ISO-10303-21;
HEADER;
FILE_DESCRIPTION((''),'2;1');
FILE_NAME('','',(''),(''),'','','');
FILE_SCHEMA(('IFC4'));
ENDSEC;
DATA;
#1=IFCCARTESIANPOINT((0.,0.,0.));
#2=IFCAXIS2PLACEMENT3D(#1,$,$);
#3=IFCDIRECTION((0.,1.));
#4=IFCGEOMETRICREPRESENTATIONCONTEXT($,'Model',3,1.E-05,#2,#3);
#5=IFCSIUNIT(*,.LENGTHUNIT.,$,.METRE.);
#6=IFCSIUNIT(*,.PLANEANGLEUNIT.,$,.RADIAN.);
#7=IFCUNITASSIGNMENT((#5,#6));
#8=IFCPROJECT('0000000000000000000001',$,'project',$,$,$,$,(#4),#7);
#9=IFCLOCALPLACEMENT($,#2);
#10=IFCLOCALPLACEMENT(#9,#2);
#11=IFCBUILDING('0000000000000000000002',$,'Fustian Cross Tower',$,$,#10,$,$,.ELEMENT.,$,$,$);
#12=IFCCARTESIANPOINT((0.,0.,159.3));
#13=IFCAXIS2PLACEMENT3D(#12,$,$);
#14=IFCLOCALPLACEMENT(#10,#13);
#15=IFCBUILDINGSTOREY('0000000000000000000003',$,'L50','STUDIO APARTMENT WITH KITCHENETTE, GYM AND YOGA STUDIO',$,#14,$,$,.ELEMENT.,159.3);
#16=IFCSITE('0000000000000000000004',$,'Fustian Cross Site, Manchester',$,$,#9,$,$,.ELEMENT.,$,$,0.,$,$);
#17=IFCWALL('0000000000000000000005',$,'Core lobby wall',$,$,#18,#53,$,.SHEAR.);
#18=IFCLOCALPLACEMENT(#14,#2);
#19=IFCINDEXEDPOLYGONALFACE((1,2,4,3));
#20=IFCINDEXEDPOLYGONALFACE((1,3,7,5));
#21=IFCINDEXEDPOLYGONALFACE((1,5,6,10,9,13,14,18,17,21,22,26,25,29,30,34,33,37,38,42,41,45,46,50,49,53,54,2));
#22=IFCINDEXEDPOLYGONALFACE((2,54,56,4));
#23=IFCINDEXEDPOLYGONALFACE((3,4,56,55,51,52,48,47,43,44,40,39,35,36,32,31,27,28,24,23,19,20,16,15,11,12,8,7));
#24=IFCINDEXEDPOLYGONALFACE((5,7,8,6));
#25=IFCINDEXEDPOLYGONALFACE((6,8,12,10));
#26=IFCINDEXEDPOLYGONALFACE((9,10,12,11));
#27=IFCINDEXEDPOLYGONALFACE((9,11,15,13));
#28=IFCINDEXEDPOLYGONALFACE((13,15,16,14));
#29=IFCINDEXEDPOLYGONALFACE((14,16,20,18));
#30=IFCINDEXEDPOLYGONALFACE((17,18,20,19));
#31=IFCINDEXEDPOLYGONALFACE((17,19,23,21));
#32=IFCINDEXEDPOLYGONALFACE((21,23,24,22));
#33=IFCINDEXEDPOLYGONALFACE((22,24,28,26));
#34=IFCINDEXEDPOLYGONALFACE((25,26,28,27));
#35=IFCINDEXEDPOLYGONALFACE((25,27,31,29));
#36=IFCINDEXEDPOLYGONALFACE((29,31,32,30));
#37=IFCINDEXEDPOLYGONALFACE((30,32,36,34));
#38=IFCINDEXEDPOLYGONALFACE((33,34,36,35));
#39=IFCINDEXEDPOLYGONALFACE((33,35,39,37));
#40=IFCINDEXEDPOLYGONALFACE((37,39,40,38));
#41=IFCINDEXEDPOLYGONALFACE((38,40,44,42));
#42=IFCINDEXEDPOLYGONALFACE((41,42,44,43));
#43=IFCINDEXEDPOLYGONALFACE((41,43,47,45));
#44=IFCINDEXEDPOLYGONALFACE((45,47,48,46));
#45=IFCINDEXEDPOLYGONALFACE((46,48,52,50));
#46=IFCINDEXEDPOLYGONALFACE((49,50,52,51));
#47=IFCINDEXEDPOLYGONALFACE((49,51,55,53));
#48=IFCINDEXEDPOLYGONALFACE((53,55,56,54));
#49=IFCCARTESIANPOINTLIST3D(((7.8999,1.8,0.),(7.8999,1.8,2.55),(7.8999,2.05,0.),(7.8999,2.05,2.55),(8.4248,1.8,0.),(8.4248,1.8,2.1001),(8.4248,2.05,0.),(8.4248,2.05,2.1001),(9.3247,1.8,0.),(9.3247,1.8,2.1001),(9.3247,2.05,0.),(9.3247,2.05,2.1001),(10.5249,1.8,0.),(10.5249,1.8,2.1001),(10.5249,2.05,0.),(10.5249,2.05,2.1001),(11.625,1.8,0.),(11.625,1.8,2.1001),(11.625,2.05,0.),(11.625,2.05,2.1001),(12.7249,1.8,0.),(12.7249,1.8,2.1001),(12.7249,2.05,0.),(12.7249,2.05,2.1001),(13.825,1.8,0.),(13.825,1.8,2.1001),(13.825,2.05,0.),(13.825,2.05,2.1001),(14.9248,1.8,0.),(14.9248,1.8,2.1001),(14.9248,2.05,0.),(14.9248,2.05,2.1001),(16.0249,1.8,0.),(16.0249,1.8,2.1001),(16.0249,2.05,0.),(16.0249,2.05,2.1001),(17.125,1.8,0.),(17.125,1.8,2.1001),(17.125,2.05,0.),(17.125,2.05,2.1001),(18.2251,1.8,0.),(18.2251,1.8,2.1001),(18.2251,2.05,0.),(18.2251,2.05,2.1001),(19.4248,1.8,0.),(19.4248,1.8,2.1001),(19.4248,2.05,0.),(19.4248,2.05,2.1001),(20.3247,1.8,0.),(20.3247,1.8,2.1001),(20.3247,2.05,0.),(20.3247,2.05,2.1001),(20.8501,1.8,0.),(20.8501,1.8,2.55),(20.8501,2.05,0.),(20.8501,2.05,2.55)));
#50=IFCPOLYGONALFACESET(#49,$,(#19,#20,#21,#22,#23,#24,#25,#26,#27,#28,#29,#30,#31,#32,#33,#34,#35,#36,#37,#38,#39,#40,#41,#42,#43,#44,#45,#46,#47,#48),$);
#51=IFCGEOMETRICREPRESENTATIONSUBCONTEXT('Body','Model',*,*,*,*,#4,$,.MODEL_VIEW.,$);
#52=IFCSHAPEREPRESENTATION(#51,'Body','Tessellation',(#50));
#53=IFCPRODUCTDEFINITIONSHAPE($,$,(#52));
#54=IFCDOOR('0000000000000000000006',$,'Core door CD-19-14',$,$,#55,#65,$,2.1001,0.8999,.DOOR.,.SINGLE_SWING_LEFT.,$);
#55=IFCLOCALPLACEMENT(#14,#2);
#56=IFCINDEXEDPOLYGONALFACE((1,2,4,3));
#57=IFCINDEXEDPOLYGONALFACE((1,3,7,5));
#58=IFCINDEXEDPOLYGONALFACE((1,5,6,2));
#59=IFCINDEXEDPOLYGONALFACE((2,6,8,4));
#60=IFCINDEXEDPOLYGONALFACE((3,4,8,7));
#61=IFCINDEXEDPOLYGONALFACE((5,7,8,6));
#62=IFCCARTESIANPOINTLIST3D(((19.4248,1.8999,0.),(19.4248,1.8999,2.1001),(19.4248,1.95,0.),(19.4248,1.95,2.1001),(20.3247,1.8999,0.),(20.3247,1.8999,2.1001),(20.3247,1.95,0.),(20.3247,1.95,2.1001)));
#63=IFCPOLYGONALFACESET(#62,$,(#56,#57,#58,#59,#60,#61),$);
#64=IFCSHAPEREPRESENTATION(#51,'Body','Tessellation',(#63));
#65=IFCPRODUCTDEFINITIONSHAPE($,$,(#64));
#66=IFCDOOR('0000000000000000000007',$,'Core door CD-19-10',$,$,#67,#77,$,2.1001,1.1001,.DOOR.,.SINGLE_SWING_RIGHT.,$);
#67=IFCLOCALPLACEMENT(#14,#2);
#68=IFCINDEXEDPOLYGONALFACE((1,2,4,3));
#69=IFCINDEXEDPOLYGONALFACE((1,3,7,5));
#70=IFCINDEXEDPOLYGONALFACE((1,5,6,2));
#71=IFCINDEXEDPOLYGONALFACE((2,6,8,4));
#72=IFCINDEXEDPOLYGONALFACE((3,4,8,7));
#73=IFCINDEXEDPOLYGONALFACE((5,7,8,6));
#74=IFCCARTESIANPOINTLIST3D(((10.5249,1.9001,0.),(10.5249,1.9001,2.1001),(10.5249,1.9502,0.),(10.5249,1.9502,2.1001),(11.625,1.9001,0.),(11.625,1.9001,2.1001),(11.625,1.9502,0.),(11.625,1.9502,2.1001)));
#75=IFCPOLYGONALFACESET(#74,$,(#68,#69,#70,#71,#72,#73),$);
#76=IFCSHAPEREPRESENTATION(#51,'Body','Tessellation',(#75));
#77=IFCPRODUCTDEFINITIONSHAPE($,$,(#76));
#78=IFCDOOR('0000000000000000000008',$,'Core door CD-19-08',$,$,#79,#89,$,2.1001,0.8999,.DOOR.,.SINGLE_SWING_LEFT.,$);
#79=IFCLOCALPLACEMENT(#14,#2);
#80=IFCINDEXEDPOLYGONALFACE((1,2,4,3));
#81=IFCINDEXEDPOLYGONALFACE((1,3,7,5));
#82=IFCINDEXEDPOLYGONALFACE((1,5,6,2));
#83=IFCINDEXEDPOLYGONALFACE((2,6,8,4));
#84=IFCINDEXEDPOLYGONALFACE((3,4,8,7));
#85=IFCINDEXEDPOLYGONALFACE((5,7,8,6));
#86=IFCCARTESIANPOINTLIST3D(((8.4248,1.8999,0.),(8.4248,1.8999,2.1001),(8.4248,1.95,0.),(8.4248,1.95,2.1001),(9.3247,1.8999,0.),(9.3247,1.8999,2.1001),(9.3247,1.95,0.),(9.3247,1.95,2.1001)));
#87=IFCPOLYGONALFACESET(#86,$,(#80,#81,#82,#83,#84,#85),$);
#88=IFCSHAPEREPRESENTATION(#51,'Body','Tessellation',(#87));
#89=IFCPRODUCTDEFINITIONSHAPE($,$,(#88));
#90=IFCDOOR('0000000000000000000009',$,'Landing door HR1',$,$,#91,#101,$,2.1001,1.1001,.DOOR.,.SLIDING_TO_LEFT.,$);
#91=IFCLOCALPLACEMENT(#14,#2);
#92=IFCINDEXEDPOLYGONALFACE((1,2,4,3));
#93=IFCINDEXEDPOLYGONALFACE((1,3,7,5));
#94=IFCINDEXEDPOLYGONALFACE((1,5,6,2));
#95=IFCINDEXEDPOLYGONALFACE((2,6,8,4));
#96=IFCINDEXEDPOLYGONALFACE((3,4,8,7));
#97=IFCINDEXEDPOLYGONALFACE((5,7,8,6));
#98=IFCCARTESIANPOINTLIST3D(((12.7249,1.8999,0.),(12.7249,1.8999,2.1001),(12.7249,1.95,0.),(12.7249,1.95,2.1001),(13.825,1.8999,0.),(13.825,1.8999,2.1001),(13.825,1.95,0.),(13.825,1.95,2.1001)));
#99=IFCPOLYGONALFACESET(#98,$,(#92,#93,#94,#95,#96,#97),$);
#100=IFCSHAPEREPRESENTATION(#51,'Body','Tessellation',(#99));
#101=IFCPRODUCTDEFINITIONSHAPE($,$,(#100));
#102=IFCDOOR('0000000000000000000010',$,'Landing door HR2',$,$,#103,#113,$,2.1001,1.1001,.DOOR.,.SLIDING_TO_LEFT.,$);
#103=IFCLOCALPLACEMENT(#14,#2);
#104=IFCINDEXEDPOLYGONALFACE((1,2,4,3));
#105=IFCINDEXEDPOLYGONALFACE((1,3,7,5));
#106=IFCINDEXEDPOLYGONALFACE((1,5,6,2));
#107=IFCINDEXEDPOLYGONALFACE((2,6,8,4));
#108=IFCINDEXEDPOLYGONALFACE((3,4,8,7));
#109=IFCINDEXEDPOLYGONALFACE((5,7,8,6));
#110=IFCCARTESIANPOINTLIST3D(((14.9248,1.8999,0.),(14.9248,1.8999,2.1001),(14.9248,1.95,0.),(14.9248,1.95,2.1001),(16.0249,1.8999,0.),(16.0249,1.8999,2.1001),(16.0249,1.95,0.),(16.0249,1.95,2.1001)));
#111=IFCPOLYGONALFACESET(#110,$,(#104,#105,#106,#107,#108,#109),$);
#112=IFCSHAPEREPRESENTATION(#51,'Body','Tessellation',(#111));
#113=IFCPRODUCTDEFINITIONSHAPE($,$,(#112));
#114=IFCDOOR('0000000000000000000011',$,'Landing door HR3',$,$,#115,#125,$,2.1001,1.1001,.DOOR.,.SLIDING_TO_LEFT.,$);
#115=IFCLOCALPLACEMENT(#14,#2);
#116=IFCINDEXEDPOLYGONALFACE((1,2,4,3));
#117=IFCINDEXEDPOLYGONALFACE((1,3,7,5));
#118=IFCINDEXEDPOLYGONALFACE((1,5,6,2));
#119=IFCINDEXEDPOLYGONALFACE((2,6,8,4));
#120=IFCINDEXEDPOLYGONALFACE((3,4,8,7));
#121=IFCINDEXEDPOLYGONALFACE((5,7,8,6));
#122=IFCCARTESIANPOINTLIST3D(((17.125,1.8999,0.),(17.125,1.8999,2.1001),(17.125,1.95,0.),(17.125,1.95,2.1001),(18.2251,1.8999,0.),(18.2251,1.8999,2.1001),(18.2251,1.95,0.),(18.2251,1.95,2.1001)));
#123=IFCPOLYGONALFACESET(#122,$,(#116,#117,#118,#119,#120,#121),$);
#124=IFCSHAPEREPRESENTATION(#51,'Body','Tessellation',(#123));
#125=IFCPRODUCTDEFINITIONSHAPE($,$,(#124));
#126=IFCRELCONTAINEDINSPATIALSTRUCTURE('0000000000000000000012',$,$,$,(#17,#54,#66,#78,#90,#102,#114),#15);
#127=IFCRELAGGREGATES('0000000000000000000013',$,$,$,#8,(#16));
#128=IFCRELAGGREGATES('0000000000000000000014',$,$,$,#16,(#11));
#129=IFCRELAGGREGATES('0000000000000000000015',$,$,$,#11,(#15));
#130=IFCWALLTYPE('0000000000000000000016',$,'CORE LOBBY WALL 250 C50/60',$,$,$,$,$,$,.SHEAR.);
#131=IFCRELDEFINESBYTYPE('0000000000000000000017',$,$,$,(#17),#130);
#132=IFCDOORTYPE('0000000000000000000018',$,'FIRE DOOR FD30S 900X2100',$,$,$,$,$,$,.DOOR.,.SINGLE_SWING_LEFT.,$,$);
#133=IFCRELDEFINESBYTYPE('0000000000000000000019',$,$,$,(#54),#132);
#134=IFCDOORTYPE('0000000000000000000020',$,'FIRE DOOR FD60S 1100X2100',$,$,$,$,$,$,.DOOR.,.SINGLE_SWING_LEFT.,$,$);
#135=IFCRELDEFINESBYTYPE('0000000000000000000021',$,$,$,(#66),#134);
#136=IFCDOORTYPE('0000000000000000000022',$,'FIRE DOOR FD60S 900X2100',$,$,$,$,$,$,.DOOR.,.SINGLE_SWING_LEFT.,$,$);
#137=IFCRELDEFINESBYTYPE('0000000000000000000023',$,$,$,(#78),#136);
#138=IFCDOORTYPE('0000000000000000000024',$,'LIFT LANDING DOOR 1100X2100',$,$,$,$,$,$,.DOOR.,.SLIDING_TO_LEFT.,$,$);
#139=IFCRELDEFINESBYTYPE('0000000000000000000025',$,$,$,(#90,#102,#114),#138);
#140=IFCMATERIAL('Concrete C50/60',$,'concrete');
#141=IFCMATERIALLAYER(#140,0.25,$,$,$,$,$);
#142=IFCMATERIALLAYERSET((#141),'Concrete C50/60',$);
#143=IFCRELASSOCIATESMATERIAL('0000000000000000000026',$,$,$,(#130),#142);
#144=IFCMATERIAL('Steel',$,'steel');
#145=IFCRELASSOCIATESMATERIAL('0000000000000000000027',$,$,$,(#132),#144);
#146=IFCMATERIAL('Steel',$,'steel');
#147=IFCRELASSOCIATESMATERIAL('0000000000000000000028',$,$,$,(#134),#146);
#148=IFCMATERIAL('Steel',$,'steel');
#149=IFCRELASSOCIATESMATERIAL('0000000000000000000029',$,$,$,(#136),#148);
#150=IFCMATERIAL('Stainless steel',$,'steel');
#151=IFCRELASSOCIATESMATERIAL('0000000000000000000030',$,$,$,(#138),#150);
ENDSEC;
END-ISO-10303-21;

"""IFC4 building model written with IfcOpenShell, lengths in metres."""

from ifc_helpers import new_model, si_unit, direction, frame, frame_2d, origin, place, context, subcontext, project, spatial, rectangle, extrude, material, layer, layer_set, type_object, element, fill, save


model = new_model("IFC4")

# Units and contexts
model_context = context("Model", 3, precision=1e-05, world=origin(), true_north=direction((0.0, 1.0)))
body_context = subcontext(model_context, "Body", "Model", "MODEL_VIEW")
ifc_project = project(units=[si_unit("LENGTHUNIT", "METRE"), si_unit("PLANEANGLEUNIT", "RADIAN")], contexts=[model_context])

# Site, building, storey
site_placement = place(None, origin())
site = spatial("IfcSite", under=ifc_project, at=site_placement, Name="Fustian Cross Site, Manchester", CompositionType="ELEMENT", RefElevation=0.0)
building_placement = place(site_placement, origin())
building = spatial("IfcBuilding", under=site, at=building_placement, Name="Fustian Cross Tower", CompositionType="ELEMENT")
storey_placement = place(building_placement, frame((0.0, 0.0, 159.3)))
storey = spatial("IfcBuildingStorey", under=building, at=storey_placement, Name="L50", Description="STUDIO APARTMENT WITH KITCHENETTE, GYM AND YOGA STUDIO", CompositionType="ELEMENT", Elevation=159.3)

# Wall, openings, doors
ifc_material_1 = material(Name="Concrete C50/60", Category="concrete")
ifc_layer_1 = layer(ifc_material_1, 0.25)
ifc_layer_set_1 = layer_set([ifc_layer_1], Name="Concrete C50/60")
wall_type = type_object("IfcWallType", Name="CORE LOBBY WALL 250 C50/60", PredefinedType="SHEAR", material=ifc_layer_set_1)
wall_placement = place(storey_placement, frame((7.8999, 1.925, 0.0), z_axis=(0.0, 0.0, 1.0), x_axis=(1.0, 0.0, 0.0)))
wall = element("IfcWall", 1, at=wall_placement, inside=storey, type_object=wall_type, Name="Core lobby wall", PredefinedType="SHEAR", context=body_context, shape_type="SweptSolid", body=[
    extrude(rectangle(XDim=12.9502, YDim=0.25, at=frame_2d((6.4751, 0.0))), origin(), (0.0, 0.0, 1.0), 2.55),
])
opening_1_placement = place(wall_placement, frame((4.825, 0.0, 0.0)))
opening_1 = element("IfcOpeningElement", 2, at=opening_1_placement, cuts=wall, PredefinedType="OPENING", context=body_context, shape_type="SweptSolid", body=[
    extrude(rectangle(XDim=1.1001, YDim=2.1001, at=frame_2d((0.55, 1.05))), frame((0.0, 0.135, 0.0), z_axis=(0.0, -1.0, 0.0), x_axis=(1.0, 0.0, 0.0)), (0.0, 0.0, 1.0), 0.27),
])
opening_2_placement = place(wall_placement, frame((7.0249, 0.0, 0.0)))
opening_2 = element("IfcOpeningElement", 3, at=opening_2_placement, cuts=wall, PredefinedType="OPENING", context=body_context, shape_type="SweptSolid", body=[
    extrude(rectangle(XDim=1.1001, YDim=2.1001, at=frame_2d((0.55, 1.05))), frame((0.0, 0.135, 0.0), z_axis=(0.0, -1.0, 0.0), x_axis=(1.0, 0.0, 0.0)), (0.0, 0.0, 1.0), 0.27),
])
opening_3_placement = place(wall_placement, frame((9.2251, 0.0, 0.0)))
opening_3 = element("IfcOpeningElement", 4, at=opening_3_placement, cuts=wall, PredefinedType="OPENING", context=body_context, shape_type="SweptSolid", body=[
    extrude(rectangle(XDim=1.1001, YDim=2.1001, at=frame_2d((0.55, 1.05))), frame((0.0, 0.135, 0.0), z_axis=(0.0, -1.0, 0.0), x_axis=(1.0, 0.0, 0.0)), (0.0, 0.0, 1.0), 0.27),
])
opening_4_placement = place(wall_placement, frame((0.5249, 0.0, 0.0)))
opening_4 = element("IfcOpeningElement", 5, at=opening_4_placement, cuts=wall, PredefinedType="OPENING", context=body_context, shape_type="SweptSolid", body=[
    extrude(rectangle(XDim=0.8999, YDim=2.1001, at=frame_2d((0.45, 1.05))), frame((0.0, 0.135, 0.0), z_axis=(0.0, -1.0, 0.0), x_axis=(1.0, 0.0, 0.0)), (0.0, 0.0, 1.0), 0.27),
])
opening_5_placement = place(wall_placement, frame((2.625, 0.0, 0.0)))
opening_5 = element("IfcOpeningElement", 6, at=opening_5_placement, cuts=wall, PredefinedType="OPENING", context=body_context, shape_type="SweptSolid", body=[
    extrude(rectangle(XDim=1.1001, YDim=2.1001, at=frame_2d((0.55, 1.05))), frame((0.0, 0.135, 0.0), z_axis=(0.0, -1.0, 0.0), x_axis=(1.0, 0.0, 0.0)), (0.0, 0.0, 1.0), 0.27),
])
opening_6_placement = place(wall_placement, frame((11.5249, 0.0, 0.0)))
opening_6 = element("IfcOpeningElement", 7, at=opening_6_placement, cuts=wall, PredefinedType="OPENING", context=body_context, shape_type="SweptSolid", body=[
    extrude(rectangle(XDim=0.8999, YDim=2.1001, at=frame_2d((0.45, 1.05))), frame((0.0, 0.135, 0.0), z_axis=(0.0, -1.0, 0.0), x_axis=(1.0, 0.0, 0.0)), (0.0, 0.0, 1.0), 0.27),
])
ifc_material_2 = material(Name="Steel", Category="steel")
door_type_1 = type_object("IfcDoorType", Name="FIRE DOOR FD30S 900X2100", OperationType="SINGLE_SWING_LEFT", PredefinedType="DOOR", material=ifc_material_2)
door_1_placement = place(opening_6_placement, origin())
door_1 = element("IfcDoor", 8, at=door_1_placement, inside=storey, type_object=door_type_1, Name="Core door CD-19-14", OperationType="SINGLE_SWING_LEFT", OverallHeight=2.1001, OverallWidth=0.8999, PredefinedType="DOOR", context=body_context, shape_type="SweptSolid", body=[
    extrude(rectangle(XDim=0.8999, YDim=2.1001, at=frame_2d((0.45, 1.05))), frame((0.0, 0.0249, 0.0), z_axis=(0.0, -1.0, 0.0), x_axis=(1.0, 0.0, 0.0)), (0.0, 0.0, 1.0), 0.05),
])
fill(opening_6, door_1)
ifc_material_3 = material(Name="Steel", Category="steel")
door_type_2 = type_object("IfcDoorType", Name="FIRE DOOR FD60S 1100X2100", OperationType="SINGLE_SWING_LEFT", PredefinedType="DOOR", material=ifc_material_3)
door_2_placement = place(opening_5_placement, frame((1.1001, 0.0, 0.0), z_axis=(0.0, 0.0, 1.0), x_axis=(-1.0, 0.0, 0.0)))
door_2 = element("IfcDoor", 9, at=door_2_placement, inside=storey, type_object=door_type_2, Name="Core door CD-19-10", OperationType="SINGLE_SWING_RIGHT", OverallHeight=2.1001, OverallWidth=1.1001, PredefinedType="DOOR", context=body_context, shape_type="SweptSolid", body=[
    extrude(rectangle(XDim=1.1001, YDim=2.1001, at=frame_2d((0.55, 1.05))), frame((0.0, 0.0249, 0.0), z_axis=(0.0, -1.0, 0.0), x_axis=(1.0, 0.0, 0.0)), (0.0, 0.0, 1.0), 0.05),
])
fill(opening_5, door_2)
ifc_material_4 = material(Name="Steel", Category="steel")
door_type_3 = type_object("IfcDoorType", Name="FIRE DOOR FD60S 900X2100", OperationType="SINGLE_SWING_LEFT", PredefinedType="DOOR", material=ifc_material_4)
door_3_placement = place(opening_4_placement, origin())
door_3 = element("IfcDoor", 10, at=door_3_placement, inside=storey, type_object=door_type_3, Name="Core door CD-19-08", OperationType="SINGLE_SWING_LEFT", OverallHeight=2.1001, OverallWidth=0.8999, PredefinedType="DOOR", context=body_context, shape_type="SweptSolid", body=[
    extrude(rectangle(XDim=0.8999, YDim=2.1001, at=frame_2d((0.45, 1.05))), frame((0.0, 0.0249, 0.0), z_axis=(0.0, -1.0, 0.0), x_axis=(1.0, 0.0, 0.0)), (0.0, 0.0, 1.0), 0.05),
])
fill(opening_4, door_3)
ifc_material_5 = material(Name="Stainless steel", Category="steel")
door_type_4 = type_object("IfcDoorType", Name="LIFT LANDING DOOR 1100X2100", OperationType="SLIDING_TO_LEFT", PredefinedType="DOOR", material=ifc_material_5)
door_4_placement = place(opening_1_placement, origin())
door_4 = element("IfcDoor", 11, at=door_4_placement, inside=storey, type_object=door_type_4, Name="Landing door HR1", OperationType="SLIDING_TO_LEFT", OverallHeight=2.1001, OverallWidth=1.1001, PredefinedType="DOOR", context=body_context, shape_type="SweptSolid", body=[
    extrude(rectangle(XDim=1.1001, YDim=2.1001, at=frame_2d((0.55, 1.05))), frame((0.0, 0.0249, 0.0), z_axis=(0.0, -1.0, 0.0), x_axis=(1.0, 0.0, 0.0)), (0.0, 0.0, 1.0), 0.05),
])
fill(opening_1, door_4)
door_5_placement = place(opening_2_placement, origin())
door_5 = element("IfcDoor", 12, at=door_5_placement, inside=storey, type_object=door_type_4, Name="Landing door HR2", OperationType="SLIDING_TO_LEFT", OverallHeight=2.1001, OverallWidth=1.1001, PredefinedType="DOOR", context=body_context, shape_type="SweptSolid", body=[
    extrude(rectangle(XDim=1.1001, YDim=2.1001, at=frame_2d((0.55, 1.05))), frame((0.0, 0.0249, 0.0), z_axis=(0.0, -1.0, 0.0), x_axis=(1.0, 0.0, 0.0)), (0.0, 0.0, 1.0), 0.05),
])
fill(opening_2, door_5)
door_6_placement = place(opening_3_placement, origin())
door_6 = element("IfcDoor", 13, at=door_6_placement, inside=storey, type_object=door_type_4, Name="Landing door HR3", OperationType="SLIDING_TO_LEFT", OverallHeight=2.1001, OverallWidth=1.1001, PredefinedType="DOOR", context=body_context, shape_type="SweptSolid", body=[
    extrude(rectangle(XDim=1.1001, YDim=2.1001, at=frame_2d((0.55, 1.05))), frame((0.0, 0.0249, 0.0), z_axis=(0.0, -1.0, 0.0), x_axis=(1.0, 0.0, 0.0)), (0.0, 0.0, 1.0), 0.05),
])
fill(opening_3, door_6)

save(model, "model.ifc")
